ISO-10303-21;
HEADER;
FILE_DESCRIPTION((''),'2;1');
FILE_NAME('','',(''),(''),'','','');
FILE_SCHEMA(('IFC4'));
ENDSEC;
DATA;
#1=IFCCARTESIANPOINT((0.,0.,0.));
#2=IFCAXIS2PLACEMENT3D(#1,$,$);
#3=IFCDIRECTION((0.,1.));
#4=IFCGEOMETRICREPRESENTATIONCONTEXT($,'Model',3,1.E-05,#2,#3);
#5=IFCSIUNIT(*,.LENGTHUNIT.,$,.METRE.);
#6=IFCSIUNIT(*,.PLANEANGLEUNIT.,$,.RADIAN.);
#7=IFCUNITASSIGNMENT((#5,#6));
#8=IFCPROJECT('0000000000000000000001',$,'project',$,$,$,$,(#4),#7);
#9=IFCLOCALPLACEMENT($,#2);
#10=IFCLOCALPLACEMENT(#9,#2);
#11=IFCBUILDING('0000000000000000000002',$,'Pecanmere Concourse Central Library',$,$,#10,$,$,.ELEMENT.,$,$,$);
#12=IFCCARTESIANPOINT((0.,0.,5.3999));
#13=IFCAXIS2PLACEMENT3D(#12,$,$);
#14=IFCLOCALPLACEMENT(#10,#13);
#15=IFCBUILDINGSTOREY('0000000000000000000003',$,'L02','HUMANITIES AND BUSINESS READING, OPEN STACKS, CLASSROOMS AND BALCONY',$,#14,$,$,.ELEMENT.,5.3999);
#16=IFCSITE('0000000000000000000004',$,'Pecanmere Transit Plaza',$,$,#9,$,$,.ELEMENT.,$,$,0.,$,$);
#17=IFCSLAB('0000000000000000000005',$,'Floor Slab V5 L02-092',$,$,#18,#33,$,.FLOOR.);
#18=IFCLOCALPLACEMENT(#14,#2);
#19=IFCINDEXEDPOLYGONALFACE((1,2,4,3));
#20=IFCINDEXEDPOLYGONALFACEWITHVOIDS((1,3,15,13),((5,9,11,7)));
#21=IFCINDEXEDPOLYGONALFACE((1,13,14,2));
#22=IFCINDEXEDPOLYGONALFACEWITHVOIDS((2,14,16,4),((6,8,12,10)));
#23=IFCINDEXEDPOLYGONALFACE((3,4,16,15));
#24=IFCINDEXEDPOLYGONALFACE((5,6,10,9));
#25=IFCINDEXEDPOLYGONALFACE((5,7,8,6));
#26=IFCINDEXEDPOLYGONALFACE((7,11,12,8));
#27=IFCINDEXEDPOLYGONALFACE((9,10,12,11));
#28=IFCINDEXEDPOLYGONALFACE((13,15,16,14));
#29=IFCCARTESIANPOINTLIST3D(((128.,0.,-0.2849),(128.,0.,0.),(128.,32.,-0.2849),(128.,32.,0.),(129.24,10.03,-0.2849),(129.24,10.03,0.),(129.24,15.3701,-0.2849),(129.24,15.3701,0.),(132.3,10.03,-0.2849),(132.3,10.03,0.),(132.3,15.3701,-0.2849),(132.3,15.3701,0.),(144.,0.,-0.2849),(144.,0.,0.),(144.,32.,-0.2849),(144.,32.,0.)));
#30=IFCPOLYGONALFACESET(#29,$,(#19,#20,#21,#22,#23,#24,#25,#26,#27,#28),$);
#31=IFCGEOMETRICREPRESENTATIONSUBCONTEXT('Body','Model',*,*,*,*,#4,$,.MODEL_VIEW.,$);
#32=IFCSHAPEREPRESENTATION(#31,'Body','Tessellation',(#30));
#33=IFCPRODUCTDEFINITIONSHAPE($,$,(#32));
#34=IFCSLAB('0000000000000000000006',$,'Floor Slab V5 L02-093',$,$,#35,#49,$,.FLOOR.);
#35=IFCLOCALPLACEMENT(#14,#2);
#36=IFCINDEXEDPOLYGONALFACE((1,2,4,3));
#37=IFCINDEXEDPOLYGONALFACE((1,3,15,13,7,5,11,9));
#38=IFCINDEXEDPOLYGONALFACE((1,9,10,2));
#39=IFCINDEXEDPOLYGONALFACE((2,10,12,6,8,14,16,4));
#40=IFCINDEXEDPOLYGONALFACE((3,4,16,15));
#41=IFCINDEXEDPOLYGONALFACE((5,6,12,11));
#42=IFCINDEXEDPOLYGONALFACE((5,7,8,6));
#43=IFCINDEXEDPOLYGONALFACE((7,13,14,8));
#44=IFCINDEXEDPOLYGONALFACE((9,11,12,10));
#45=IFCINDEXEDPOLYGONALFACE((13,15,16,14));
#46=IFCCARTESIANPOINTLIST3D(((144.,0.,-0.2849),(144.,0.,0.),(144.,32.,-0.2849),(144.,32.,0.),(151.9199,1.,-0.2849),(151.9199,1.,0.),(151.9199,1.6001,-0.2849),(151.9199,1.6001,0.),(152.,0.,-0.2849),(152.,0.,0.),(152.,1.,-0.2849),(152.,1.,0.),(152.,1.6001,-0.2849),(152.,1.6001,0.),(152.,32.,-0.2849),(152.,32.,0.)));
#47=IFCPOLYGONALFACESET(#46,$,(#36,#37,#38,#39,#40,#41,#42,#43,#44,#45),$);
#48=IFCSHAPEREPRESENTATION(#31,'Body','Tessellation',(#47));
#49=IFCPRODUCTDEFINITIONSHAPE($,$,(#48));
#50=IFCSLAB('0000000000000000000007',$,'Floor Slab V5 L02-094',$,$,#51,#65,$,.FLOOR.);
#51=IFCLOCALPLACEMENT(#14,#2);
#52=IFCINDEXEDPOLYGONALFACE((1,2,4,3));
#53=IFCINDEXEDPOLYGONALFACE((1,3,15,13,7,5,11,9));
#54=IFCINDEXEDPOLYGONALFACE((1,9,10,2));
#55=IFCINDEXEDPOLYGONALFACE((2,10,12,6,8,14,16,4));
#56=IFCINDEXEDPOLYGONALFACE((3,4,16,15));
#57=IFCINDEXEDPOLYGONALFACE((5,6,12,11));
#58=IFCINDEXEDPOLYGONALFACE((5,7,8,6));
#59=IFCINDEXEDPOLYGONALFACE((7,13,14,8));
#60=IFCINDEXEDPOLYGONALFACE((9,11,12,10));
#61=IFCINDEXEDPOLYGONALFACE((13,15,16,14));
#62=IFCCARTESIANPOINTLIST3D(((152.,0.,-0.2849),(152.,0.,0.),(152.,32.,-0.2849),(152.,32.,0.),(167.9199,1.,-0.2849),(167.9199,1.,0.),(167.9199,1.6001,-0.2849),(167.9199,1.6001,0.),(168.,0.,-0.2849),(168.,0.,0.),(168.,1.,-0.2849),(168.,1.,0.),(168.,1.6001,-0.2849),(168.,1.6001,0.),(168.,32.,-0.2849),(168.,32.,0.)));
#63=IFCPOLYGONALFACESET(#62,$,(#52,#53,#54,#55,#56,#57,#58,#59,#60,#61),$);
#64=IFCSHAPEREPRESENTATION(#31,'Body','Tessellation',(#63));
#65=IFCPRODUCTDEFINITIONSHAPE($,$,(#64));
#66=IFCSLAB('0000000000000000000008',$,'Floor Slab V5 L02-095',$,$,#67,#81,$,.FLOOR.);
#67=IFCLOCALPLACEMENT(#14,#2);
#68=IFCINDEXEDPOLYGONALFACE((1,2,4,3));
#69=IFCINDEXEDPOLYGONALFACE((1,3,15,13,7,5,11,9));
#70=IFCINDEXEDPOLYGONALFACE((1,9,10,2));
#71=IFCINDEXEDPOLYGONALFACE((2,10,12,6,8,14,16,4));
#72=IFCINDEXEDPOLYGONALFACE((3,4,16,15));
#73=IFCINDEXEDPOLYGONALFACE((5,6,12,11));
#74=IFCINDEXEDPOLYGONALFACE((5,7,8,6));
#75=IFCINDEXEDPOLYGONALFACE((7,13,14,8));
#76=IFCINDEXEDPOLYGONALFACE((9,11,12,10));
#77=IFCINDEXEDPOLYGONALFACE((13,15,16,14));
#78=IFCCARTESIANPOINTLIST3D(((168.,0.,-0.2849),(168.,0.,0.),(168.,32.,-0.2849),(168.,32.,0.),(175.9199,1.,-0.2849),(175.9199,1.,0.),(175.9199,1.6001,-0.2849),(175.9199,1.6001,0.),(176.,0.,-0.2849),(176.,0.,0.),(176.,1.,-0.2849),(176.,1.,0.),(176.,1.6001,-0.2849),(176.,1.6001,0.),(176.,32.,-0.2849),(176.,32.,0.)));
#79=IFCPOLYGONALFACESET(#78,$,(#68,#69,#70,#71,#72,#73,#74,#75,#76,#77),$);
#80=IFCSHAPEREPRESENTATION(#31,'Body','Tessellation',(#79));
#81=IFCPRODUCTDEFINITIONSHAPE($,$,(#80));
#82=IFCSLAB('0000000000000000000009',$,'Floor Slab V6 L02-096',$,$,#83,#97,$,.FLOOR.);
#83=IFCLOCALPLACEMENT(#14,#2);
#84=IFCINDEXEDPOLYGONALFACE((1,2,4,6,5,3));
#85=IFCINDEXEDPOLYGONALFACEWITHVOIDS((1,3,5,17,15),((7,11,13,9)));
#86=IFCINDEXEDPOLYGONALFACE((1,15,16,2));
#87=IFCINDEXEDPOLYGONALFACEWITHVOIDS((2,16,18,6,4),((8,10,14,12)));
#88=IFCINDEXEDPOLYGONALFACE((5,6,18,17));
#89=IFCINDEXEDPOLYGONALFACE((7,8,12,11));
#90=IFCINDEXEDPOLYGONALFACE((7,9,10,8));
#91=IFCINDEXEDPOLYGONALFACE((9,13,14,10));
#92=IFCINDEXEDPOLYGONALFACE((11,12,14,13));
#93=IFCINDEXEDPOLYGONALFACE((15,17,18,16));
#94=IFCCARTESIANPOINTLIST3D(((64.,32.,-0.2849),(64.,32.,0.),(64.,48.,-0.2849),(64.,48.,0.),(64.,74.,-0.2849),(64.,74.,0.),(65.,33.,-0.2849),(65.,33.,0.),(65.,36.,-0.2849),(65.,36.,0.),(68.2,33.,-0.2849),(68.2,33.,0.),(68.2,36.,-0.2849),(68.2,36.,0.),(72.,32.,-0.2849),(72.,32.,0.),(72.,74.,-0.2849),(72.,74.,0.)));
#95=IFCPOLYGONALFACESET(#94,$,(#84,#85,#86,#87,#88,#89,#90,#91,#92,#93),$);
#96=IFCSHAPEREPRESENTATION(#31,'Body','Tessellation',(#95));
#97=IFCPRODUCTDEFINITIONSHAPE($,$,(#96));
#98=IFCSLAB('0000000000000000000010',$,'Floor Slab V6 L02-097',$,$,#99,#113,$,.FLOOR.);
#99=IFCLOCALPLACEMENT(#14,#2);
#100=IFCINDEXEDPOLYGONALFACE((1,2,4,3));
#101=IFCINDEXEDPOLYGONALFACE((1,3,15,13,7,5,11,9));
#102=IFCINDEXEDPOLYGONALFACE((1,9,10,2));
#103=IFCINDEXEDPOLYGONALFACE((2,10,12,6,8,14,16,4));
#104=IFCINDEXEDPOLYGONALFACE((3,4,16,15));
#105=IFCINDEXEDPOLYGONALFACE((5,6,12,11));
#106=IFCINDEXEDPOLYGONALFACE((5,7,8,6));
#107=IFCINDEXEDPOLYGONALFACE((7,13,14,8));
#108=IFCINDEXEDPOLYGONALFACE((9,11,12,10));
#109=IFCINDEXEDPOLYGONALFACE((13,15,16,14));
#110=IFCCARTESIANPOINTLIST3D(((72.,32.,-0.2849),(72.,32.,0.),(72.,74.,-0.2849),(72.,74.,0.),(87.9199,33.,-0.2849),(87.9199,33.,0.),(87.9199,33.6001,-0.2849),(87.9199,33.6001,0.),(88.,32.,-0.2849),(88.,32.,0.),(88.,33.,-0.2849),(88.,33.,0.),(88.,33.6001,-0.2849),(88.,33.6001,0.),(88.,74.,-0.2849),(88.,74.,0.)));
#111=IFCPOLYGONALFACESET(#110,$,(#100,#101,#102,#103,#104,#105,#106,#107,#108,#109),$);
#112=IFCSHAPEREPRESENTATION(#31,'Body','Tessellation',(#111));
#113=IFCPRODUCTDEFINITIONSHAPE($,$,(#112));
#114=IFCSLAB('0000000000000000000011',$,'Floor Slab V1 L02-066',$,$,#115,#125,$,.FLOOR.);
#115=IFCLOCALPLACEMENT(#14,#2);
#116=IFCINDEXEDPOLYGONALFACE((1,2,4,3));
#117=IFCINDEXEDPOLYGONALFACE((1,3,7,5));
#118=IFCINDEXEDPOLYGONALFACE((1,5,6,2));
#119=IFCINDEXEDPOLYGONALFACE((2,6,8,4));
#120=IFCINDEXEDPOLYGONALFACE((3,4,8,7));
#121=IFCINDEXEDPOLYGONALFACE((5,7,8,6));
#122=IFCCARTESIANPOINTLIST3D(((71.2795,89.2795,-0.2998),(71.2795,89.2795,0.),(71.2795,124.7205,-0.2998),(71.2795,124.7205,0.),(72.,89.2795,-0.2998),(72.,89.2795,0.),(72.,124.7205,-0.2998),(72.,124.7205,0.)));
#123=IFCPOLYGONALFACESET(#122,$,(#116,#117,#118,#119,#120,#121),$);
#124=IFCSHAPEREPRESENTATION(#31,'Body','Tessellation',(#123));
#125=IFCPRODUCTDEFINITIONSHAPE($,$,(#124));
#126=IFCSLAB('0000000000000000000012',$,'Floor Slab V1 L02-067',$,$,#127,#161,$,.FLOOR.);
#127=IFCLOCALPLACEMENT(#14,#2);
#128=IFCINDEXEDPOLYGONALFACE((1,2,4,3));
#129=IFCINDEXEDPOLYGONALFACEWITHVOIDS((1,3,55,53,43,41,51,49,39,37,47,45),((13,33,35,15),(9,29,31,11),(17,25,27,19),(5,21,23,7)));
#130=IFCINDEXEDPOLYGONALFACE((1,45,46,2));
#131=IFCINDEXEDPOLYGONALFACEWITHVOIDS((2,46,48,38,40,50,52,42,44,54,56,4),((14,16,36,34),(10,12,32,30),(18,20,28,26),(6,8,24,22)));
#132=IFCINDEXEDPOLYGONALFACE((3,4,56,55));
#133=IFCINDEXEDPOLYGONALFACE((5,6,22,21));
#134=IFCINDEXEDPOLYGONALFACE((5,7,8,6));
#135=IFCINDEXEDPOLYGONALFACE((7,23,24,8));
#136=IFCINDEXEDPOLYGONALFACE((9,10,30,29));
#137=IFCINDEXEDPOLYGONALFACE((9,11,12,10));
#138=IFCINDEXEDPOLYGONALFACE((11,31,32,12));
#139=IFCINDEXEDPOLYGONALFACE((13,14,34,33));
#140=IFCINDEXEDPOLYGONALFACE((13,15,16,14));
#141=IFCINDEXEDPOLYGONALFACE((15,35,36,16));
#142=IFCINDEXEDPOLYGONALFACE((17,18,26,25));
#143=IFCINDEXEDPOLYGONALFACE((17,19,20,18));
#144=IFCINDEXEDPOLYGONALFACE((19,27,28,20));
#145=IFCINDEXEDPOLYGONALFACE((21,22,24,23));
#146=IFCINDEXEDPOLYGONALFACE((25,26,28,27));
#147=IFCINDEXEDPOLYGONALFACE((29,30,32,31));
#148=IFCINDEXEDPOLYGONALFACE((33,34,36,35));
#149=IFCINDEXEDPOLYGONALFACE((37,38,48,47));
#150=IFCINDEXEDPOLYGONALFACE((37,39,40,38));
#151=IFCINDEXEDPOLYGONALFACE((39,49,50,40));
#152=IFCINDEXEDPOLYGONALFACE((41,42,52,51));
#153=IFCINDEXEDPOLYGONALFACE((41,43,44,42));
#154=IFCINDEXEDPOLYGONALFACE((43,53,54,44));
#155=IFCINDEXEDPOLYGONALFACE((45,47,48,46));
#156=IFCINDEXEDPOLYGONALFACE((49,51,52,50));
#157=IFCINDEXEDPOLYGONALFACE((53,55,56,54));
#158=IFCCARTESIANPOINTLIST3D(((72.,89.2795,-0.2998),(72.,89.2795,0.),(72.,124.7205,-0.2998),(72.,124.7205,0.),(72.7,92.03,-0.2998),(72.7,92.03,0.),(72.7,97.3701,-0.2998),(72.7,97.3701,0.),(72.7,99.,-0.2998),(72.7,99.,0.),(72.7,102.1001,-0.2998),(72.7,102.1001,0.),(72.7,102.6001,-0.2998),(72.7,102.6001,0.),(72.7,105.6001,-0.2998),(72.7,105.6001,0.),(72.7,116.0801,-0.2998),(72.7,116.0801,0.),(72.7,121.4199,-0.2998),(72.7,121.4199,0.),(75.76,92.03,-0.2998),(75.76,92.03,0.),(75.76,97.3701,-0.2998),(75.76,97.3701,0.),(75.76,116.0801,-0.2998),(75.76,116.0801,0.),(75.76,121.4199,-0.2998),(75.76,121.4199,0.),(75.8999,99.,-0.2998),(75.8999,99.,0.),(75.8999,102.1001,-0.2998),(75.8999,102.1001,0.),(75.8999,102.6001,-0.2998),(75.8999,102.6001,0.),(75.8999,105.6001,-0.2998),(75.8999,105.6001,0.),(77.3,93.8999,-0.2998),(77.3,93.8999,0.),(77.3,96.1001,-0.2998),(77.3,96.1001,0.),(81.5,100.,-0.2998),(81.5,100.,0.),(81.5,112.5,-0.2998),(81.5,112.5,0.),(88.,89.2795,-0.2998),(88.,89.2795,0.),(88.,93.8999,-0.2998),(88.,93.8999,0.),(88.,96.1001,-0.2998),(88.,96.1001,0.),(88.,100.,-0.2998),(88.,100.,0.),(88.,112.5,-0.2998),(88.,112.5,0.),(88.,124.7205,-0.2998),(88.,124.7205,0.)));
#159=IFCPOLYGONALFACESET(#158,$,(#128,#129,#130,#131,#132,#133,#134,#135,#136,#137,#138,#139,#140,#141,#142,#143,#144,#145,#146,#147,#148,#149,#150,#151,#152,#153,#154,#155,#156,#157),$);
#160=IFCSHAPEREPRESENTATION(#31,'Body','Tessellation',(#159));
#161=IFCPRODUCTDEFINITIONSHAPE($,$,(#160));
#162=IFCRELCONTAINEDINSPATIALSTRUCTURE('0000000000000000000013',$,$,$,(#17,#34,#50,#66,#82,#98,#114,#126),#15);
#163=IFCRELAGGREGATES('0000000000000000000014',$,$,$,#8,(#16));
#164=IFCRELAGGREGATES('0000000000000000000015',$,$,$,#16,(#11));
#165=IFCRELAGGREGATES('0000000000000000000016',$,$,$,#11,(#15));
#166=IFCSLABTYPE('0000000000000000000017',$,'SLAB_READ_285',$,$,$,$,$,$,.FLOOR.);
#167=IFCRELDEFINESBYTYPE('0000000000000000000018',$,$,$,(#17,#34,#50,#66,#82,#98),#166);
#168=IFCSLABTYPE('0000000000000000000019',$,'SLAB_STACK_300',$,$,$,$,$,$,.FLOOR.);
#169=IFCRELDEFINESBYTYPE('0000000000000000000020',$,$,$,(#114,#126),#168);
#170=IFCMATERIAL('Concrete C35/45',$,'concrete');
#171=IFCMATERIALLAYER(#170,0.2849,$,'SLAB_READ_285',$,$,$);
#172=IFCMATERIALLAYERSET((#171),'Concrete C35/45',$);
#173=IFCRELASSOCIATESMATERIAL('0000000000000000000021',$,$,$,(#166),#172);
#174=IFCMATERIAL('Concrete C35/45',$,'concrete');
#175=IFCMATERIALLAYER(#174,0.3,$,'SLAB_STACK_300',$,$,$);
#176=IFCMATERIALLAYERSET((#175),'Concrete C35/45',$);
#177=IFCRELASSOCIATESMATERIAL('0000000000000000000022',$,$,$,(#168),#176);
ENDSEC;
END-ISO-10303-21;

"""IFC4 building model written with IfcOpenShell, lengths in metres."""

from ifc_helpers import new_model, si_unit, direction, frame, origin, place, context, subcontext, project, spatial, polyline, outline, extrude, material, layer, layer_set, type_object, element, save


model = new_model("IFC4")

# Units and contexts
model_context = context("Model", 3, precision=1e-05, world=origin(), true_north=direction((0.0, 1.0)))
body_context = subcontext(model_context, "Body", "Model", "MODEL_VIEW")
ifc_project = project(units=[si_unit("LENGTHUNIT", "METRE"), si_unit("PLANEANGLEUNIT", "RADIAN")], contexts=[model_context])

# Site, building, storey
site_placement = place(None, origin())
site = spatial("IfcSite", under=ifc_project, at=site_placement, Name="Pecanmere Transit Plaza", CompositionType="ELEMENT", RefElevation=0.0)
building_placement = place(site_placement, origin())
building = spatial("IfcBuilding", under=site, at=building_placement, Name="Pecanmere Concourse Central Library", CompositionType="ELEMENT")
storey_placement = place(building_placement, frame((0.0, 0.0, 5.3999)))
storey = spatial("IfcBuildingStorey", under=building, at=storey_placement, Name="L02", Description="HUMANITIES AND BUSINESS READING, OPEN STACKS, CLASSROOMS AND BALCONY", CompositionType="ELEMENT", Elevation=5.3999)

# Slabs
ifc_material_1 = material(Name="Concrete C35/45", Category="concrete")
ifc_layer_1 = layer(ifc_material_1, 0.2849, Name="SLAB_READ_285")
ifc_layer_set_1 = layer_set([ifc_layer_1], Name="Concrete C35/45")
slab_type_1 = type_object("IfcSlabType", Name="SLAB_READ_285", PredefinedType="FLOOR", material=ifc_layer_set_1)
slab_1_placement = place(storey_placement, frame((0.0, 0.0, -0.2849)))
element("IfcSlab", 1, at=slab_1_placement, inside=storey, type_object=slab_type_1, Name="Floor Slab V5 L02-092", PredefinedType="FLOOR", context=body_context, shape_type="SweptSolid", body=[
    extrude(outline(polyline([(144.0, 0.0), (128.0, 0.0), (128.0, 32.0), (144.0, 32.0), (144.0, 0.0)]), holes=[polyline([(132.3, 15.3701), (129.24, 15.3701), (129.24, 10.03), (132.3, 10.03), (132.3, 15.3701)])]), origin(), (0.0, 0.0, 1.0), 0.2849),
])
slab_2_placement = place(storey_placement, frame((0.0, 0.0, -0.2849)))
element("IfcSlab", 2, at=slab_2_placement, inside=storey, type_object=slab_type_1, Name="Floor Slab V5 L02-093", PredefinedType="FLOOR", context=body_context, shape_type="SweptSolid", body=[
    extrude(outline(polyline([(144.0, 32.0), (152.0, 32.0), (152.0, 1.6001), (151.9199, 1.6001), (151.9199, 1.0), (152.0, 1.0), (152.0, 0.0), (144.0, 0.0), (144.0, 32.0)])), origin(), (0.0, 0.0, 1.0), 0.2849),
])
slab_3_placement = place(storey_placement, frame((0.0, 0.0, -0.2849)))
element("IfcSlab", 3, at=slab_3_placement, inside=storey, type_object=slab_type_1, Name="Floor Slab V5 L02-094", PredefinedType="FLOOR", context=body_context, shape_type="SweptSolid", body=[
    extrude(outline(polyline([(152.0, 32.0), (168.0, 32.0), (168.0, 1.6001), (167.9199, 1.6001), (167.9199, 1.0), (168.0, 1.0), (168.0, 0.0), (152.0, 0.0), (152.0, 32.0)])), origin(), (0.0, 0.0, 1.0), 0.2849),
])
slab_4_placement = place(storey_placement, frame((0.0, 0.0, -0.2849)))
element("IfcSlab", 4, at=slab_4_placement, inside=storey, type_object=slab_type_1, Name="Floor Slab V5 L02-095", PredefinedType="FLOOR", context=body_context, shape_type="SweptSolid", body=[
    extrude(outline(polyline([(168.0, 32.0), (176.0, 32.0), (176.0, 1.6001), (175.9199, 1.6001), (175.9199, 1.0), (176.0, 1.0), (176.0, 0.0), (168.0, 0.0), (168.0, 32.0)])), origin(), (0.0, 0.0, 1.0), 0.2849),
])
slab_5_placement = place(storey_placement, frame((0.0, 0.0, -0.2849)))
element("IfcSlab", 5, at=slab_5_placement, inside=storey, type_object=slab_type_1, Name="Floor Slab V6 L02-096", PredefinedType="FLOOR", context=body_context, shape_type="SweptSolid", body=[
    extrude(outline(polyline([(64.0, 74.0), (72.0, 74.0), (72.0, 32.0), (64.0, 32.0), (64.0, 48.0), (64.0, 74.0)]), holes=[polyline([(68.2, 36.0), (65.0, 36.0), (65.0, 33.0), (68.2, 33.0), (68.2, 36.0)])]), origin(), (0.0, 0.0, 1.0), 0.2849),
])
slab_6_placement = place(storey_placement, frame((0.0, 0.0, -0.2849)))
element("IfcSlab", 6, at=slab_6_placement, inside=storey, type_object=slab_type_1, Name="Floor Slab V6 L02-097", PredefinedType="FLOOR", context=body_context, shape_type="SweptSolid", body=[
    extrude(outline(polyline([(88.0, 33.6001), (87.9199, 33.6001), (87.9199, 33.0), (88.0, 33.0), (88.0, 32.0), (72.0, 32.0), (72.0, 74.0), (88.0, 74.0), (88.0, 33.6001)])), origin(), (0.0, 0.0, 1.0), 0.2849),
])
ifc_material_2 = material(Name="Concrete C35/45", Category="concrete")
ifc_layer_2 = layer(ifc_material_2, 0.3, Name="SLAB_STACK_300")
ifc_layer_set_2 = layer_set([ifc_layer_2], Name="Concrete C35/45")
slab_type_2 = type_object("IfcSlabType", Name="SLAB_STACK_300", PredefinedType="FLOOR", material=ifc_layer_set_2)
slab_7_placement = place(storey_placement, frame((0.0, 0.0, -0.2998)))
element("IfcSlab", 7, at=slab_7_placement, inside=storey, type_object=slab_type_2, Name="Floor Slab V1 L02-066", PredefinedType="FLOOR", context=body_context, shape_type="SweptSolid", body=[
    extrude(outline(polyline([(72.0, 124.7205), (72.0, 89.2795), (71.2795, 89.2795), (71.2795, 124.7205), (72.0, 124.7205)])), origin(), (0.0, 0.0, 1.0), 0.2998),
])
slab_8_placement = place(storey_placement, frame((0.0, 0.0, -0.2998)))
element("IfcSlab", 8, at=slab_8_placement, inside=storey, type_object=slab_type_2, Name="Floor Slab V1 L02-067", PredefinedType="FLOOR", context=body_context, shape_type="SweptSolid", body=[
    extrude(outline(polyline([(72.0, 89.2795), (72.0, 124.7205), (88.0, 124.7205), (88.0, 112.5), (81.5, 112.5), (81.5, 100.0), (88.0, 100.0), (88.0, 96.1001), (77.3, 96.1001), (77.3, 93.8999), (88.0, 93.8999), (88.0, 89.2795), (72.0, 89.2795)]), holes=[polyline([(75.76, 97.3701), (72.7, 97.3701), (72.7, 92.03), (75.76, 92.03), (75.76, 97.3701)]), polyline([(75.8999, 102.1001), (72.7, 102.1001), (72.7, 99.0), (75.8999, 99.0), (75.8999, 102.1001)]), polyline([(75.8999, 102.6001), (75.8999, 105.6001), (72.7, 105.6001), (72.7, 102.6001), (75.8999, 102.6001)]), polyline([(75.76, 121.4199), (72.7, 121.4199), (72.7, 116.0801), (75.76, 116.0801), (75.76, 121.4199)])]), origin(), (0.0, 0.0, 1.0), 0.2998),
])

save(model, "model.ifc")
